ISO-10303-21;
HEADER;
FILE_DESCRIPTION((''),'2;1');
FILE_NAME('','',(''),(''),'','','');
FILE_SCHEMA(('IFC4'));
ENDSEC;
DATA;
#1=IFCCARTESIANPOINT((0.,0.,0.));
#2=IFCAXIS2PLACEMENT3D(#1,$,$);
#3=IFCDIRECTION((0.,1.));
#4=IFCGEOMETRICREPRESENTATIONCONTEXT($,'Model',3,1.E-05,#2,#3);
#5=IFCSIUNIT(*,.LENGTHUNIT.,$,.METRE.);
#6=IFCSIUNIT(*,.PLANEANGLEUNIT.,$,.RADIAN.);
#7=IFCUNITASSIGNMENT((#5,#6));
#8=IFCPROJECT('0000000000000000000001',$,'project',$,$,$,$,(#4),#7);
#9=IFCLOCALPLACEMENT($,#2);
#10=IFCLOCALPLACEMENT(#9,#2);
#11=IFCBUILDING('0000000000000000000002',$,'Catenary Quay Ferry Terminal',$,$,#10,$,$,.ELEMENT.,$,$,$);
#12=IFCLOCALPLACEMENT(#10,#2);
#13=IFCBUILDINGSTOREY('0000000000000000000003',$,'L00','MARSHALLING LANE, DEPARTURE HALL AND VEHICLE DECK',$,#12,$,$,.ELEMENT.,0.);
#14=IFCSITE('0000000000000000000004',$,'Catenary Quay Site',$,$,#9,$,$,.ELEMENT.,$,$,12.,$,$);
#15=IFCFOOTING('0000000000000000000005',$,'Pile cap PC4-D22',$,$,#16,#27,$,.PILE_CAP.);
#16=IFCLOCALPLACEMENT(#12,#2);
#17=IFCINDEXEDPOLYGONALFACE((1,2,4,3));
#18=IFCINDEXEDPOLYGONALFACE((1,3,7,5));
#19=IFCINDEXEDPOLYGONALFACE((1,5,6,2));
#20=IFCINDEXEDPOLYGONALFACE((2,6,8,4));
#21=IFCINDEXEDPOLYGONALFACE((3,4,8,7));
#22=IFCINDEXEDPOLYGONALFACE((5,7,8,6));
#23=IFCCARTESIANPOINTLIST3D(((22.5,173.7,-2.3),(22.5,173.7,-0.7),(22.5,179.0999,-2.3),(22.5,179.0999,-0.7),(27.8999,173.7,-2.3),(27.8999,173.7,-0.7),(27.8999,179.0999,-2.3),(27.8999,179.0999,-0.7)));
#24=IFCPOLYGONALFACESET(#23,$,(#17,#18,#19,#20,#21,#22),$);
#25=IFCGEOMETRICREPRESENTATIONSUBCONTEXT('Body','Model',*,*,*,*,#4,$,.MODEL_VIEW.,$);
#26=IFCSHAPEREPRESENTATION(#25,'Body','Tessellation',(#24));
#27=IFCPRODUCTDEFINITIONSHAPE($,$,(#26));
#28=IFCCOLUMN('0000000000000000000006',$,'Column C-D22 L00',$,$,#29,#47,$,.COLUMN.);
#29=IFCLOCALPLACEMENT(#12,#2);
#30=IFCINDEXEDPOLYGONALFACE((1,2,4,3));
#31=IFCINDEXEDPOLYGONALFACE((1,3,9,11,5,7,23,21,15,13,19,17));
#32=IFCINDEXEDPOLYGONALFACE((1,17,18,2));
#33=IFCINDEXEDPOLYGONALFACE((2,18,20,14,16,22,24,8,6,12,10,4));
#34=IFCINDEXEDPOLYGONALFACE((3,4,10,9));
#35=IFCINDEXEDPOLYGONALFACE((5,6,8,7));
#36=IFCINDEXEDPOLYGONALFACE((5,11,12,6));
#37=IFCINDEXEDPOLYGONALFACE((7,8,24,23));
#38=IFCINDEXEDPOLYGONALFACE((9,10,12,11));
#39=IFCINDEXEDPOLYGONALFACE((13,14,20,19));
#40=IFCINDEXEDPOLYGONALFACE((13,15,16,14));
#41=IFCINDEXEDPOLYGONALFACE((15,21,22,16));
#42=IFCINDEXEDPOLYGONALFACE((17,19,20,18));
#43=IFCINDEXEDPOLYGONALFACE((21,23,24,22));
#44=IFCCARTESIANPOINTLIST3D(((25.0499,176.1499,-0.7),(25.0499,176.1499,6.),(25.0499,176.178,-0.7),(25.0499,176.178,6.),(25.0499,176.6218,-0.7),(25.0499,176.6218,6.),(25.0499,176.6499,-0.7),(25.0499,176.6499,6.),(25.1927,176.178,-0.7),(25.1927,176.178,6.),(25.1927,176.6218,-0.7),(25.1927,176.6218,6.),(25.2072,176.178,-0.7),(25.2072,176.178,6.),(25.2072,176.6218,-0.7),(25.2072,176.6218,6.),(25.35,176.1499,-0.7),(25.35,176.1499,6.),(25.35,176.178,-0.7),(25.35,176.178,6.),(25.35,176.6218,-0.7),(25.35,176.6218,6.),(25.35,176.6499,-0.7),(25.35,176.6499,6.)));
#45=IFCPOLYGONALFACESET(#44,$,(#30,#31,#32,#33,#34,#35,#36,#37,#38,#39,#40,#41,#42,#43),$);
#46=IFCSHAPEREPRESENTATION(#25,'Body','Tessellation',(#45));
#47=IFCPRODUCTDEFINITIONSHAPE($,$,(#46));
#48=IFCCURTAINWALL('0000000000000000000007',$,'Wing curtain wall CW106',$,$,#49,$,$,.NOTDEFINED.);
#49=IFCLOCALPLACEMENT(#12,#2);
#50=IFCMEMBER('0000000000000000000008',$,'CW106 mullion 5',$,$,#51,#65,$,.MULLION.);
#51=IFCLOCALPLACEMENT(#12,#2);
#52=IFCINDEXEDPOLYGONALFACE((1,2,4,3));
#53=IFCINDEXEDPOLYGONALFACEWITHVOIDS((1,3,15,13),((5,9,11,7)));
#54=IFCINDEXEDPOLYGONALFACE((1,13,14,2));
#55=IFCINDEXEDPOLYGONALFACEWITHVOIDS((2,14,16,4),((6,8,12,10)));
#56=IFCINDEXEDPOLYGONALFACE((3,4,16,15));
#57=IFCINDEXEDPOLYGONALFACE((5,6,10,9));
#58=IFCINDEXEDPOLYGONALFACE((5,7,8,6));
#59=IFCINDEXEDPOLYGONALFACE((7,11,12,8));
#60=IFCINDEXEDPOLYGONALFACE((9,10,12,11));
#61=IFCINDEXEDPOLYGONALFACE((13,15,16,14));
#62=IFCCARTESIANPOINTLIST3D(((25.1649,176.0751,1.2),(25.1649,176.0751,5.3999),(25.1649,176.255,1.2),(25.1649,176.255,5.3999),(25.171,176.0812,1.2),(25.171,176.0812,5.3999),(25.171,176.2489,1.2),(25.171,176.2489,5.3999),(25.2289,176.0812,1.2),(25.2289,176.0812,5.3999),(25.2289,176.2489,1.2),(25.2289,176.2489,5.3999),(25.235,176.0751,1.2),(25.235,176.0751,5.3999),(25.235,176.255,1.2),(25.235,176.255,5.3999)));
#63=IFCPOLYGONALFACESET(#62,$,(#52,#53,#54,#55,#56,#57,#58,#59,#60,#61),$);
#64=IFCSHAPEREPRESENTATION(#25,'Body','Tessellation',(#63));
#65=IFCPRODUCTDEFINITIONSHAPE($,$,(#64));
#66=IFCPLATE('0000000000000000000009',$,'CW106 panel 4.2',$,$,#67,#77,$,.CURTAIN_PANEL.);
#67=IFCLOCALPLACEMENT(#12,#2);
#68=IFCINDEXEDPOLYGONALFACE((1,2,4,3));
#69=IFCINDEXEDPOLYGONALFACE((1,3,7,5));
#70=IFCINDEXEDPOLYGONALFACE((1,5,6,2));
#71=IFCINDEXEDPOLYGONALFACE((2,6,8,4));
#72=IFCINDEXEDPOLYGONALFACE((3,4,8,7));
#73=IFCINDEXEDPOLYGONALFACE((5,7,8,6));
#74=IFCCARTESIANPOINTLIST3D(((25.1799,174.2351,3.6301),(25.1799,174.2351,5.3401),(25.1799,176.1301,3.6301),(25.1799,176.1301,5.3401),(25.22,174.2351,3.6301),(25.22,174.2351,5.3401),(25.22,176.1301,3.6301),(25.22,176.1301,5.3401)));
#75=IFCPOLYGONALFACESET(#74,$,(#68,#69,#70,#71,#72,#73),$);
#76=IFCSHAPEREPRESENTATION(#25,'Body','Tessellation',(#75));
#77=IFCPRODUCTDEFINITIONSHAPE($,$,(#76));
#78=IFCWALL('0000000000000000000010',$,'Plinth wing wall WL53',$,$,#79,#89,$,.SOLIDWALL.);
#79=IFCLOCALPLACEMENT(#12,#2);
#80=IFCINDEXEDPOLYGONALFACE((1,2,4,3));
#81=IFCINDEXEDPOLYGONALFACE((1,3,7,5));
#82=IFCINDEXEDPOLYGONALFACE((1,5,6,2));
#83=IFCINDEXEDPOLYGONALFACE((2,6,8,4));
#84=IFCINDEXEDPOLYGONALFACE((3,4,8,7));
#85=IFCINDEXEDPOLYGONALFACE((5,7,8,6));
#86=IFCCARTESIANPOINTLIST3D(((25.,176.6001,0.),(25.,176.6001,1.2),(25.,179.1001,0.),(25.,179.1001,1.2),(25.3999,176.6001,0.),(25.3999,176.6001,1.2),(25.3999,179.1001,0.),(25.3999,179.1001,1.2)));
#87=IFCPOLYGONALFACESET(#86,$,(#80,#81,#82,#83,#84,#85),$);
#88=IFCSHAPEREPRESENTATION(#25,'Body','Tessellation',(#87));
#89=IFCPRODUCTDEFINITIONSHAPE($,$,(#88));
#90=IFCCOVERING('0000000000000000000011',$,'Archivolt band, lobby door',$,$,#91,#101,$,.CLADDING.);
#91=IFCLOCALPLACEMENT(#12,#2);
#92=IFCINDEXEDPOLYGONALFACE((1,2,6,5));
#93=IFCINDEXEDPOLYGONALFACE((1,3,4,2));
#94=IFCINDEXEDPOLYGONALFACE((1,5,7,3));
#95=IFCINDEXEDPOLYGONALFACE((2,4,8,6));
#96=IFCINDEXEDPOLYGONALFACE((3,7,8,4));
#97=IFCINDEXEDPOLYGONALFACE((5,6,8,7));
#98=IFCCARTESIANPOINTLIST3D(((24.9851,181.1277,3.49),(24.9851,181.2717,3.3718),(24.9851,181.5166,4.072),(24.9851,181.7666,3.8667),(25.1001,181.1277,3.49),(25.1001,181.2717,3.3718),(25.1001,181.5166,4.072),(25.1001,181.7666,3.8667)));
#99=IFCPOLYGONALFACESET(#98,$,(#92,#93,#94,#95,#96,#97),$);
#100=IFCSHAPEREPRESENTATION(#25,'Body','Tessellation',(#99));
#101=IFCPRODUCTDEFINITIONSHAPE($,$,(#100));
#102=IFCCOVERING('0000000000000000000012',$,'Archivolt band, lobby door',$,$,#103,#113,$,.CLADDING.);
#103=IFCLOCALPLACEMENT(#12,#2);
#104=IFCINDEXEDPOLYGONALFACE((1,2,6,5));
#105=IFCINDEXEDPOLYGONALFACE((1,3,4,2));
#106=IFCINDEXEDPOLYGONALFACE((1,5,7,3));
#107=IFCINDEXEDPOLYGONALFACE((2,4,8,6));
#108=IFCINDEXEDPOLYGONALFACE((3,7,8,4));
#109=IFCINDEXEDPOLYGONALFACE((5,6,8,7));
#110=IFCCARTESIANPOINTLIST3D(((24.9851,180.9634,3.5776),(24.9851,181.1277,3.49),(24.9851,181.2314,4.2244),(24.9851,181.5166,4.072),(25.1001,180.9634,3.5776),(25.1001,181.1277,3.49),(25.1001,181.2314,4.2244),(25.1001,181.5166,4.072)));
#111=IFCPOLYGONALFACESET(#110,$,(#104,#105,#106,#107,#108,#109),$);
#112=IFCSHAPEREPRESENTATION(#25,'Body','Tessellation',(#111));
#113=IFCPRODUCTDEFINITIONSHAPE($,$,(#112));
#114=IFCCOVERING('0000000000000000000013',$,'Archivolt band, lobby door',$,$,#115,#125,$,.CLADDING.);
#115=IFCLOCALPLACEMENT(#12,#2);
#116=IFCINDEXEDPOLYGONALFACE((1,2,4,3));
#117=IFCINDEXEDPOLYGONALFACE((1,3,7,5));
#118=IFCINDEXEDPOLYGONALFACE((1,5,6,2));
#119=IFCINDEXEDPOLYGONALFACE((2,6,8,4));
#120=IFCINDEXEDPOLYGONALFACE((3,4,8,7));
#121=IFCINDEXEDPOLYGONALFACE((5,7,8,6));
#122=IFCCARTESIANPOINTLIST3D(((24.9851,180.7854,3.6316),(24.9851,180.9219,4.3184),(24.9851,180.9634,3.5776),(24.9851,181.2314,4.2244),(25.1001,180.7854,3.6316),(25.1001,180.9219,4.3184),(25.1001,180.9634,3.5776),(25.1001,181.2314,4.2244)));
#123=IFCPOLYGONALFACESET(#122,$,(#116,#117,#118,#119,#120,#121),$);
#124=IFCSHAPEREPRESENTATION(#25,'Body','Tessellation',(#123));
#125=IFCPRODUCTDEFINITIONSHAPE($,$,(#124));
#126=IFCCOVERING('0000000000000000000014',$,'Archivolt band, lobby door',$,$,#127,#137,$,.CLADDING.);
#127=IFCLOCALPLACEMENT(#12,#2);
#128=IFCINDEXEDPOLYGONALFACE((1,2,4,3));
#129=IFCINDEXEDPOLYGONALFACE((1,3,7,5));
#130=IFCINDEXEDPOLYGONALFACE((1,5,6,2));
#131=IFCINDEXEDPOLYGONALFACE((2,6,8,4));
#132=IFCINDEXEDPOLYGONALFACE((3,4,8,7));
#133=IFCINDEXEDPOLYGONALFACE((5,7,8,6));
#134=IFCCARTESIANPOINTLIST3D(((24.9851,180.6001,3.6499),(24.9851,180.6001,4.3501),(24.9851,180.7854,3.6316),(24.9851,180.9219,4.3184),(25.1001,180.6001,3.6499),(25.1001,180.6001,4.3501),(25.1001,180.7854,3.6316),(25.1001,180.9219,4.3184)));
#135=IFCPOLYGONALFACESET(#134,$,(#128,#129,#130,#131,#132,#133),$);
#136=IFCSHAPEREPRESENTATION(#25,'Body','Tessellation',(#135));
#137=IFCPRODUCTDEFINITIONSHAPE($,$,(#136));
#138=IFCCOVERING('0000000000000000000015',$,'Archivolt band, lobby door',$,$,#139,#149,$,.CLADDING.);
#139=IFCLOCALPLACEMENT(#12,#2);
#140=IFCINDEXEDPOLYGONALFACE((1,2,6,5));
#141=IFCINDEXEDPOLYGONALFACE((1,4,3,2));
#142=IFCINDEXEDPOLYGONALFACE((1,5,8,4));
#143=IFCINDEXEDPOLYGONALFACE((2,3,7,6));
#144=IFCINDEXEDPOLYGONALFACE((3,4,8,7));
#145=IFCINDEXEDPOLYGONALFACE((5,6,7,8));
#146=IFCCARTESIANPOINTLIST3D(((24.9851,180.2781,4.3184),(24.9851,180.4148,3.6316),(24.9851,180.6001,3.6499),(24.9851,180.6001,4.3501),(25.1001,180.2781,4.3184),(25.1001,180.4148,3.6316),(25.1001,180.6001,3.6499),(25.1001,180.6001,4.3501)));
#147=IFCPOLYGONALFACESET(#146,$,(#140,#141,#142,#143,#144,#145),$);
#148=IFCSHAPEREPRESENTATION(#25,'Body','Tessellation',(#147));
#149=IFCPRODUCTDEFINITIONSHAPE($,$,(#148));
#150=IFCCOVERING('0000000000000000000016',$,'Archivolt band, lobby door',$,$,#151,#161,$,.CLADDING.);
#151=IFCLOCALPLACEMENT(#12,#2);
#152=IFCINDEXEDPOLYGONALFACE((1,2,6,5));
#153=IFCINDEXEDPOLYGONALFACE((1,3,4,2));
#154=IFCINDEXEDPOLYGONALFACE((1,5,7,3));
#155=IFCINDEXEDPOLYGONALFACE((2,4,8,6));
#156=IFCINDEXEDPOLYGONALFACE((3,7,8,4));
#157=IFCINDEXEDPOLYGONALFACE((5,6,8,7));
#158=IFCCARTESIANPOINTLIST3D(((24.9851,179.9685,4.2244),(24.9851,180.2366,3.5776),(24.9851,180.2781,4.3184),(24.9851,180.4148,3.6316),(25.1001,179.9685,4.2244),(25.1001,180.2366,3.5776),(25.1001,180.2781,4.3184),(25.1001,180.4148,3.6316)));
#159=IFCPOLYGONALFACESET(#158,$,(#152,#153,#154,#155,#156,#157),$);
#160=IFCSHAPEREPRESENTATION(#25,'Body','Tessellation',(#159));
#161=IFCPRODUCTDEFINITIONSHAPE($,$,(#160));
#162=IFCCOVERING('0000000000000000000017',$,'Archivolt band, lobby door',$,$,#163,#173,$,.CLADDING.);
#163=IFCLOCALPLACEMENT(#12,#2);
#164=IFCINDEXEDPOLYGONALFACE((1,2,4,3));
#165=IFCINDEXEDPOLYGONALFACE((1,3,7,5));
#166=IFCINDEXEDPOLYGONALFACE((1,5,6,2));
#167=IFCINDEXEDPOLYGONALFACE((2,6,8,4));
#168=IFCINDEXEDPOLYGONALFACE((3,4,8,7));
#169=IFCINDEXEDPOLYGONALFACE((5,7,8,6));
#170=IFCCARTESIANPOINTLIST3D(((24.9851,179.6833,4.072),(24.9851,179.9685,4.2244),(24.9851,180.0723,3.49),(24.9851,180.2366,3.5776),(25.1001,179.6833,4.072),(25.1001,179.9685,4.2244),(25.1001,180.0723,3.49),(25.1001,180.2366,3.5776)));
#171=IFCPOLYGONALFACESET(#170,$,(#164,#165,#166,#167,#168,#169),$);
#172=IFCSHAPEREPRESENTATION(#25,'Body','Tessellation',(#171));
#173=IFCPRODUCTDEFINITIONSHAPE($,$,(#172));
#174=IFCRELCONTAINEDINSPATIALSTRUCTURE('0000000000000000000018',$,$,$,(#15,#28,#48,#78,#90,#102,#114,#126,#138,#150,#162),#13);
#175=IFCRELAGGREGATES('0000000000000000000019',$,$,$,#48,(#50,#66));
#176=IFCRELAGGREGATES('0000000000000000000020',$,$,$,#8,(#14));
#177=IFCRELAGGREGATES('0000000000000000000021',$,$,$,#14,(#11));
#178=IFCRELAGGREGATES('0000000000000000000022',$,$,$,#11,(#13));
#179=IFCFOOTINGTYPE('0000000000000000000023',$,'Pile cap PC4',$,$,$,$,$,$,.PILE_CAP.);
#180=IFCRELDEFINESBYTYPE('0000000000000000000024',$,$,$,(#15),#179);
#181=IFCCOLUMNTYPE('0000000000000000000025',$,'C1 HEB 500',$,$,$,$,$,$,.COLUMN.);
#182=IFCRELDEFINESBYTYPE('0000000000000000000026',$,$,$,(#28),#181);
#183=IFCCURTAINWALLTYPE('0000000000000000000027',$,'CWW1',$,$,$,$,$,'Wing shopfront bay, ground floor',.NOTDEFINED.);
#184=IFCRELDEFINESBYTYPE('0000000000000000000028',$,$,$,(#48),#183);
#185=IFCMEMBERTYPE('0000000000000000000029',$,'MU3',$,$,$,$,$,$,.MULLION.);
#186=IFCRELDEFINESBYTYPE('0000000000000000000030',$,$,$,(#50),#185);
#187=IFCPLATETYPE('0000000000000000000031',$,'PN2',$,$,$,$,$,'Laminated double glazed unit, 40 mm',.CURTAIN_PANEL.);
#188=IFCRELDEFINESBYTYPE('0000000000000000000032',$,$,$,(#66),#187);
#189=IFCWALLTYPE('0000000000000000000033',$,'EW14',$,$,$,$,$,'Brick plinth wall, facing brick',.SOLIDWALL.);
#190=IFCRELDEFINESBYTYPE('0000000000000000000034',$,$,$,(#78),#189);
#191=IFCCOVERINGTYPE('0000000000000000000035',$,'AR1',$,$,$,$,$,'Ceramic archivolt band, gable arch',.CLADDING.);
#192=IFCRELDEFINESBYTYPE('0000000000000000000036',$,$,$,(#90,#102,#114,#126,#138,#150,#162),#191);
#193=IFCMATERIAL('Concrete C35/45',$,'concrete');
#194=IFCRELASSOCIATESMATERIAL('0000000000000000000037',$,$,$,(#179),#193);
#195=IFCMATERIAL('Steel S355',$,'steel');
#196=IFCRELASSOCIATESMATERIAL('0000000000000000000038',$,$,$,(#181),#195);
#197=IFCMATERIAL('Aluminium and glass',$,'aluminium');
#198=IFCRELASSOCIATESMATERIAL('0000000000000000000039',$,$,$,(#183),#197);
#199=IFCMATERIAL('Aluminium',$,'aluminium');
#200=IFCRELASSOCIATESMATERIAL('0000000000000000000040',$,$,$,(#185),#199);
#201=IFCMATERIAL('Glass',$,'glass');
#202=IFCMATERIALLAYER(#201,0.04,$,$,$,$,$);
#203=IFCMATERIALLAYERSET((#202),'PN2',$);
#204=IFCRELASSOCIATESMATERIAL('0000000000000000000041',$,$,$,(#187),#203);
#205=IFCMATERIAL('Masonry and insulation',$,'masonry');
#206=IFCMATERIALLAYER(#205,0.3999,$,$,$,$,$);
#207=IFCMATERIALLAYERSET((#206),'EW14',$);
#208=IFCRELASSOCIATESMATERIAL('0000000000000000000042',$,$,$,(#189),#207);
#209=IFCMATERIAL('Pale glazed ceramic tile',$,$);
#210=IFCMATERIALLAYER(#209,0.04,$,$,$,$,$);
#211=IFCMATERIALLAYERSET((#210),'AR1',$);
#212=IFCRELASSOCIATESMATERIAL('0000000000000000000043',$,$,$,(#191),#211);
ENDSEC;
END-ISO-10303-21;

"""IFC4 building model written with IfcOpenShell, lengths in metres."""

from ifc_helpers import new_model, si_unit, direction, frame, frame_2d, origin, origin_2d, place, context, subcontext, project, spatial, polyline, rectangle, hollow_rectangle, i_section, outline, extrude, material, layer, layer_set, material_profile, profile_set, type_object, element, aggregate, save


model = new_model("IFC4")

# Units and contexts
model_context = context("Model", 3, precision=1e-05, world=origin(), true_north=direction((0.0, 1.0)))
body_context = subcontext(model_context, "Body", "Model", "MODEL_VIEW")
ifc_project = project(units=[si_unit("LENGTHUNIT", "METRE"), si_unit("PLANEANGLEUNIT", "RADIAN")], contexts=[model_context])

# Site, building, storey
site_placement = place(None, origin())
site = spatial("IfcSite", under=ifc_project, at=site_placement, Name="Catenary Quay Site", CompositionType="ELEMENT", RefElevation=12.0)
building_placement = place(site_placement, origin())
building = spatial("IfcBuilding", under=site, at=building_placement, Name="Catenary Quay Ferry Terminal", CompositionType="ELEMENT")
storey_placement = place(building_placement, origin())
storey = spatial("IfcBuildingStorey", under=building, at=storey_placement, Name="L00", Description="MARSHALLING LANE, DEPARTURE HALL AND VEHICLE DECK", CompositionType="ELEMENT", Elevation=0.0)

# Footing
ifc_material_1 = material(Name="Concrete C35/45", Category="concrete")
footing_type = type_object("IfcFootingType", Name="Pile cap PC4", PredefinedType="PILE_CAP", material=ifc_material_1)
footing_placement = place(storey_placement, frame((25.2, 176.3999, -2.3), z_axis=(0.0, 0.0, 1.0), x_axis=(1.0, 0.0, 0.0)))
element("IfcFooting", 1, at=footing_placement, inside=storey, type_object=footing_type, Name="Pile cap PC4-D22", PredefinedType="PILE_CAP", context=body_context, shape_type="SweptSolid", body=[
    extrude(rectangle(XDim=5.3999, YDim=5.3999, at=origin_2d()), origin(), (0.0, 0.0, 1.0), 1.6001),
])

# Column
ifc_material_2 = material(Name="Steel S355", Category="steel")
ifc_material_profile_1 = material_profile(ifc_material_2, i_section(OverallWidth=0.3, OverallDepth=0.5, WebThickness=0.0144, FlangeThickness=0.0281, at=origin_2d()), Name="HEB 500")
ifc_profile_set_1 = profile_set([ifc_material_profile_1], Name="Steel S355")
column_type = type_object("IfcColumnType", Name="C1 HEB 500", PredefinedType="COLUMN", material=ifc_profile_set_1)
column_placement = place(storey_placement, frame((25.2, 176.3999, -0.7), z_axis=(0.0, 0.0, 1.0), x_axis=(1.0, 0.0, 0.0)))
element("IfcColumn", 2, at=column_placement, inside=storey, type_object=column_type, Name="Column C-D22 L00", PredefinedType="COLUMN", context=body_context, shape_type="SweptSolid", body=[
    extrude(i_section(OverallWidth=0.3, OverallDepth=0.5, WebThickness=0.0144, FlangeThickness=0.0281, at=origin_2d()), origin(), (0.0, 0.0, 1.0), 6.7),
])

# Curtain wall, member, plate
ifc_material_3 = material(Name="Aluminium and glass", Category="aluminium")
curtain_wall_type = type_object("IfcCurtainWallType", Name="CWW1", ElementType="Wing shopfront bay, ground floor", PredefinedType="NOTDEFINED", material=ifc_material_3)
curtain_wall_placement = place(storey_placement, origin())
curtain_wall = element("IfcCurtainWall", 3, at=curtain_wall_placement, inside=storey, type_object=curtain_wall_type, Name="Wing curtain wall CW106", PredefinedType="NOTDEFINED")
ifc_material_4 = material(Name="Aluminium", Category="aluminium")
ifc_material_profile_2 = material_profile(ifc_material_4, hollow_rectangle(XDim=0.0701, YDim=0.1799, WallThickness=0.0061, at=origin_2d()), Name="MU3")
ifc_profile_set_2 = profile_set([ifc_material_profile_2], Name="Aluminium")
member_type = type_object("IfcMemberType", Name="MU3", PredefinedType="MULLION", material=ifc_profile_set_2)
member_placement = place(storey_placement, frame((25.2, 176.165, 1.2), z_axis=(0.0, 0.0, 1.0), x_axis=(-1.0, 0.0, 0.0)))
member = element("IfcMember", 4, at=member_placement, type_object=member_type, Name="CW106 mullion 5", PredefinedType="MULLION", context=body_context, shape_type="SweptSolid", body=[
    extrude(hollow_rectangle(XDim=0.0701, YDim=0.1799, WallThickness=0.0061, at=origin_2d()), origin(), (0.0, 0.0, 1.0), 4.2),
])
ifc_material_5 = material(Name="Glass", Category="glass")
ifc_layer_1 = layer(ifc_material_5, 0.04)
ifc_layer_set_1 = layer_set([ifc_layer_1], Name="PN2")
plate_type = type_object("IfcPlateType", Name="PN2", ElementType="Laminated double glazed unit, 40 mm", PredefinedType="CURTAIN_PANEL", material=ifc_layer_set_1)
plate_placement = place(storey_placement, frame((25.2, 175.1826, 3.6301), z_axis=(0.0, 0.0, 1.0), x_axis=(0.0, 1.0, 0.0)))
plate = element("IfcPlate", 5, at=plate_placement, type_object=plate_type, Name="CW106 panel 4.2", PredefinedType="CURTAIN_PANEL", context=body_context, shape_type="SweptSolid", body=[
    extrude(rectangle(XDim=1.895, YDim=0.04, at=origin_2d()), origin(), (0.0, 0.0, 1.0), 1.71),
])
aggregate(curtain_wall, [member, plate])

# Wall
ifc_material_6 = material(Name="Masonry and insulation", Category="masonry")
ifc_layer_2 = layer(ifc_material_6, 0.3999)
ifc_layer_set_2 = layer_set([ifc_layer_2], Name="EW14")
wall_type = type_object("IfcWallType", Name="EW14", ElementType="Brick plinth wall, facing brick", PredefinedType="SOLIDWALL", material=ifc_layer_set_2)
wall_placement = place(storey_placement, frame((25.2, 176.6001, 0.0), z_axis=(0.0, 0.0, 1.0), x_axis=(0.0, 1.0, 0.0)))
element("IfcWall", 6, at=wall_placement, inside=storey, type_object=wall_type, Name="Plinth wing wall WL53", PredefinedType="SOLIDWALL", context=body_context, shape_type="SweptSolid", body=[
    extrude(rectangle(XDim=2.5, YDim=0.3999, at=frame_2d((1.25, 0.0))), origin(), (0.0, 0.0, 1.0), 1.2),
])

# Coverings
ifc_material_7 = material(Name="Pale glazed ceramic tile")
ifc_layer_3 = layer(ifc_material_7, 0.04)
ifc_layer_set_3 = layer_set([ifc_layer_3], Name="AR1")
covering_type_1 = type_object("IfcCoveringType", Name="AR1", ElementType="Ceramic archivolt band, gable arch", PredefinedType="CLADDING", material=ifc_layer_set_3)
covering_1_placement = place(storey_placement, frame((25.1001, 181.7666, 3.8667), z_axis=(1.0, 0.0, 0.0), x_axis=(0.0, -0.772779, 0.634675)))
element("IfcCovering", 7, at=covering_1_placement, inside=storey, type_object=covering_type_1, Name="Archivolt band, lobby door", PredefinedType="CLADDING", context=body_context, shape_type="SweptSolid", body=[
    extrude(outline(polyline([(0.0, 0.0), (0.3235, 0.0), (0.2547, 0.6966), (0.0683, 0.6965), (0.0, 0.0)])), origin(), (0.0, 0.0, -1.0), 0.115),
])
covering_2_placement = place(storey_placement, frame((25.1001, 181.5166, 4.072), z_axis=(1.0, 0.0, 0.0), x_axis=(0.0, -0.882018, 0.471215)))
element("IfcCovering", 8, at=covering_2_placement, inside=storey, type_object=covering_type_1, Name="Archivolt band, lobby door", PredefinedType="CLADDING", context=body_context, shape_type="SweptSolid", body=[
    extrude(outline(polyline([(0.0, 0.0), (0.3233, 0.0), (0.255, 0.6967), (0.0688, 0.6966), (0.0, 0.0)])), origin(), (0.0, 0.0, -1.0), 0.115),
])
covering_3_placement = place(storey_placement, frame((25.1001, 181.2314, 4.2244), z_axis=(1.0, 0.0, 0.0), x_axis=(0.0, -0.956866, 0.290531)))
element("IfcCovering", 9, at=covering_3_placement, inside=storey, type_object=covering_type_1, Name="Archivolt band, lobby door", PredefinedType="CLADDING", context=body_context, shape_type="SweptSolid", body=[
    extrude(outline(polyline([(0.0, 0.0), (0.3235, 0.0), (0.2546, 0.6968), (0.0686, 0.6967), (0.0, 0.0)])), origin(), (0.0, 0.0, -1.0), 0.115),
])
covering_4_placement = place(storey_placement, frame((25.1001, 180.9219, 4.3184), z_axis=(1.0, 0.0, 0.0), x_axis=(0.0, -0.995171, 0.098158)))
element("IfcCovering", 10, at=covering_4_placement, inside=storey, type_object=covering_type_1, Name="Archivolt band, lobby door", PredefinedType="CLADDING", context=body_context, shape_type="SweptSolid", body=[
    extrude(outline(polyline([(0.0, 0.0), (0.3233, 0.0), (0.2546, 0.6968), (0.0684, 0.6968), (0.0, 0.0)])), origin(), (0.0, 0.0, -1.0), 0.115),
])
covering_5_placement = place(storey_placement, frame((25.1001, 180.6001, 4.3501), z_axis=(1.0, 0.0, 0.0), x_axis=(0.0, -0.995178, -0.098084)))
element("IfcCovering", 11, at=covering_5_placement, inside=storey, type_object=covering_type_1, Name="Archivolt band, lobby door", PredefinedType="CLADDING", context=body_context, shape_type="SweptSolid", body=[
    extrude(outline(polyline([(0.0, 0.0), (0.3236, 0.0), (0.2549, 0.6969), (0.0687, 0.6968), (0.0, 0.0)])), origin(), (0.0, 0.0, -1.0), 0.115),
])
covering_6_placement = place(storey_placement, frame((25.1001, 180.2781, 4.3184), z_axis=(1.0, 0.0, 0.0), x_axis=(0.0, -0.956866, -0.290531)))
element("IfcCovering", 12, at=covering_6_placement, inside=storey, type_object=covering_type_1, Name="Archivolt band, lobby door", PredefinedType="CLADDING", context=body_context, shape_type="SweptSolid", body=[
    extrude(outline(polyline([(0.0, 0.0), (0.3235, 0.0), (0.2549, 0.6967), (0.0687, 0.6969), (0.0, 0.0)])), origin(), (0.0, 0.0, -1.0), 0.115),
])
covering_7_placement = place(storey_placement, frame((25.1001, 179.9685, 4.2244), z_axis=(1.0, 0.0, 0.0), x_axis=(0.0, -0.882018, -0.471215)))
element("IfcCovering", 13, at=covering_7_placement, inside=storey, type_object=covering_type_1, Name="Archivolt band, lobby door", PredefinedType="CLADDING", context=body_context, shape_type="SweptSolid", body=[
    extrude(outline(polyline([(0.0, 0.0), (0.3233, 0.0), (0.2545, 0.6966), (0.0683, 0.6967), (0.0, 0.0)])), origin(), (0.0, 0.0, -1.0), 0.115),
])

save(model, "model.ifc")
